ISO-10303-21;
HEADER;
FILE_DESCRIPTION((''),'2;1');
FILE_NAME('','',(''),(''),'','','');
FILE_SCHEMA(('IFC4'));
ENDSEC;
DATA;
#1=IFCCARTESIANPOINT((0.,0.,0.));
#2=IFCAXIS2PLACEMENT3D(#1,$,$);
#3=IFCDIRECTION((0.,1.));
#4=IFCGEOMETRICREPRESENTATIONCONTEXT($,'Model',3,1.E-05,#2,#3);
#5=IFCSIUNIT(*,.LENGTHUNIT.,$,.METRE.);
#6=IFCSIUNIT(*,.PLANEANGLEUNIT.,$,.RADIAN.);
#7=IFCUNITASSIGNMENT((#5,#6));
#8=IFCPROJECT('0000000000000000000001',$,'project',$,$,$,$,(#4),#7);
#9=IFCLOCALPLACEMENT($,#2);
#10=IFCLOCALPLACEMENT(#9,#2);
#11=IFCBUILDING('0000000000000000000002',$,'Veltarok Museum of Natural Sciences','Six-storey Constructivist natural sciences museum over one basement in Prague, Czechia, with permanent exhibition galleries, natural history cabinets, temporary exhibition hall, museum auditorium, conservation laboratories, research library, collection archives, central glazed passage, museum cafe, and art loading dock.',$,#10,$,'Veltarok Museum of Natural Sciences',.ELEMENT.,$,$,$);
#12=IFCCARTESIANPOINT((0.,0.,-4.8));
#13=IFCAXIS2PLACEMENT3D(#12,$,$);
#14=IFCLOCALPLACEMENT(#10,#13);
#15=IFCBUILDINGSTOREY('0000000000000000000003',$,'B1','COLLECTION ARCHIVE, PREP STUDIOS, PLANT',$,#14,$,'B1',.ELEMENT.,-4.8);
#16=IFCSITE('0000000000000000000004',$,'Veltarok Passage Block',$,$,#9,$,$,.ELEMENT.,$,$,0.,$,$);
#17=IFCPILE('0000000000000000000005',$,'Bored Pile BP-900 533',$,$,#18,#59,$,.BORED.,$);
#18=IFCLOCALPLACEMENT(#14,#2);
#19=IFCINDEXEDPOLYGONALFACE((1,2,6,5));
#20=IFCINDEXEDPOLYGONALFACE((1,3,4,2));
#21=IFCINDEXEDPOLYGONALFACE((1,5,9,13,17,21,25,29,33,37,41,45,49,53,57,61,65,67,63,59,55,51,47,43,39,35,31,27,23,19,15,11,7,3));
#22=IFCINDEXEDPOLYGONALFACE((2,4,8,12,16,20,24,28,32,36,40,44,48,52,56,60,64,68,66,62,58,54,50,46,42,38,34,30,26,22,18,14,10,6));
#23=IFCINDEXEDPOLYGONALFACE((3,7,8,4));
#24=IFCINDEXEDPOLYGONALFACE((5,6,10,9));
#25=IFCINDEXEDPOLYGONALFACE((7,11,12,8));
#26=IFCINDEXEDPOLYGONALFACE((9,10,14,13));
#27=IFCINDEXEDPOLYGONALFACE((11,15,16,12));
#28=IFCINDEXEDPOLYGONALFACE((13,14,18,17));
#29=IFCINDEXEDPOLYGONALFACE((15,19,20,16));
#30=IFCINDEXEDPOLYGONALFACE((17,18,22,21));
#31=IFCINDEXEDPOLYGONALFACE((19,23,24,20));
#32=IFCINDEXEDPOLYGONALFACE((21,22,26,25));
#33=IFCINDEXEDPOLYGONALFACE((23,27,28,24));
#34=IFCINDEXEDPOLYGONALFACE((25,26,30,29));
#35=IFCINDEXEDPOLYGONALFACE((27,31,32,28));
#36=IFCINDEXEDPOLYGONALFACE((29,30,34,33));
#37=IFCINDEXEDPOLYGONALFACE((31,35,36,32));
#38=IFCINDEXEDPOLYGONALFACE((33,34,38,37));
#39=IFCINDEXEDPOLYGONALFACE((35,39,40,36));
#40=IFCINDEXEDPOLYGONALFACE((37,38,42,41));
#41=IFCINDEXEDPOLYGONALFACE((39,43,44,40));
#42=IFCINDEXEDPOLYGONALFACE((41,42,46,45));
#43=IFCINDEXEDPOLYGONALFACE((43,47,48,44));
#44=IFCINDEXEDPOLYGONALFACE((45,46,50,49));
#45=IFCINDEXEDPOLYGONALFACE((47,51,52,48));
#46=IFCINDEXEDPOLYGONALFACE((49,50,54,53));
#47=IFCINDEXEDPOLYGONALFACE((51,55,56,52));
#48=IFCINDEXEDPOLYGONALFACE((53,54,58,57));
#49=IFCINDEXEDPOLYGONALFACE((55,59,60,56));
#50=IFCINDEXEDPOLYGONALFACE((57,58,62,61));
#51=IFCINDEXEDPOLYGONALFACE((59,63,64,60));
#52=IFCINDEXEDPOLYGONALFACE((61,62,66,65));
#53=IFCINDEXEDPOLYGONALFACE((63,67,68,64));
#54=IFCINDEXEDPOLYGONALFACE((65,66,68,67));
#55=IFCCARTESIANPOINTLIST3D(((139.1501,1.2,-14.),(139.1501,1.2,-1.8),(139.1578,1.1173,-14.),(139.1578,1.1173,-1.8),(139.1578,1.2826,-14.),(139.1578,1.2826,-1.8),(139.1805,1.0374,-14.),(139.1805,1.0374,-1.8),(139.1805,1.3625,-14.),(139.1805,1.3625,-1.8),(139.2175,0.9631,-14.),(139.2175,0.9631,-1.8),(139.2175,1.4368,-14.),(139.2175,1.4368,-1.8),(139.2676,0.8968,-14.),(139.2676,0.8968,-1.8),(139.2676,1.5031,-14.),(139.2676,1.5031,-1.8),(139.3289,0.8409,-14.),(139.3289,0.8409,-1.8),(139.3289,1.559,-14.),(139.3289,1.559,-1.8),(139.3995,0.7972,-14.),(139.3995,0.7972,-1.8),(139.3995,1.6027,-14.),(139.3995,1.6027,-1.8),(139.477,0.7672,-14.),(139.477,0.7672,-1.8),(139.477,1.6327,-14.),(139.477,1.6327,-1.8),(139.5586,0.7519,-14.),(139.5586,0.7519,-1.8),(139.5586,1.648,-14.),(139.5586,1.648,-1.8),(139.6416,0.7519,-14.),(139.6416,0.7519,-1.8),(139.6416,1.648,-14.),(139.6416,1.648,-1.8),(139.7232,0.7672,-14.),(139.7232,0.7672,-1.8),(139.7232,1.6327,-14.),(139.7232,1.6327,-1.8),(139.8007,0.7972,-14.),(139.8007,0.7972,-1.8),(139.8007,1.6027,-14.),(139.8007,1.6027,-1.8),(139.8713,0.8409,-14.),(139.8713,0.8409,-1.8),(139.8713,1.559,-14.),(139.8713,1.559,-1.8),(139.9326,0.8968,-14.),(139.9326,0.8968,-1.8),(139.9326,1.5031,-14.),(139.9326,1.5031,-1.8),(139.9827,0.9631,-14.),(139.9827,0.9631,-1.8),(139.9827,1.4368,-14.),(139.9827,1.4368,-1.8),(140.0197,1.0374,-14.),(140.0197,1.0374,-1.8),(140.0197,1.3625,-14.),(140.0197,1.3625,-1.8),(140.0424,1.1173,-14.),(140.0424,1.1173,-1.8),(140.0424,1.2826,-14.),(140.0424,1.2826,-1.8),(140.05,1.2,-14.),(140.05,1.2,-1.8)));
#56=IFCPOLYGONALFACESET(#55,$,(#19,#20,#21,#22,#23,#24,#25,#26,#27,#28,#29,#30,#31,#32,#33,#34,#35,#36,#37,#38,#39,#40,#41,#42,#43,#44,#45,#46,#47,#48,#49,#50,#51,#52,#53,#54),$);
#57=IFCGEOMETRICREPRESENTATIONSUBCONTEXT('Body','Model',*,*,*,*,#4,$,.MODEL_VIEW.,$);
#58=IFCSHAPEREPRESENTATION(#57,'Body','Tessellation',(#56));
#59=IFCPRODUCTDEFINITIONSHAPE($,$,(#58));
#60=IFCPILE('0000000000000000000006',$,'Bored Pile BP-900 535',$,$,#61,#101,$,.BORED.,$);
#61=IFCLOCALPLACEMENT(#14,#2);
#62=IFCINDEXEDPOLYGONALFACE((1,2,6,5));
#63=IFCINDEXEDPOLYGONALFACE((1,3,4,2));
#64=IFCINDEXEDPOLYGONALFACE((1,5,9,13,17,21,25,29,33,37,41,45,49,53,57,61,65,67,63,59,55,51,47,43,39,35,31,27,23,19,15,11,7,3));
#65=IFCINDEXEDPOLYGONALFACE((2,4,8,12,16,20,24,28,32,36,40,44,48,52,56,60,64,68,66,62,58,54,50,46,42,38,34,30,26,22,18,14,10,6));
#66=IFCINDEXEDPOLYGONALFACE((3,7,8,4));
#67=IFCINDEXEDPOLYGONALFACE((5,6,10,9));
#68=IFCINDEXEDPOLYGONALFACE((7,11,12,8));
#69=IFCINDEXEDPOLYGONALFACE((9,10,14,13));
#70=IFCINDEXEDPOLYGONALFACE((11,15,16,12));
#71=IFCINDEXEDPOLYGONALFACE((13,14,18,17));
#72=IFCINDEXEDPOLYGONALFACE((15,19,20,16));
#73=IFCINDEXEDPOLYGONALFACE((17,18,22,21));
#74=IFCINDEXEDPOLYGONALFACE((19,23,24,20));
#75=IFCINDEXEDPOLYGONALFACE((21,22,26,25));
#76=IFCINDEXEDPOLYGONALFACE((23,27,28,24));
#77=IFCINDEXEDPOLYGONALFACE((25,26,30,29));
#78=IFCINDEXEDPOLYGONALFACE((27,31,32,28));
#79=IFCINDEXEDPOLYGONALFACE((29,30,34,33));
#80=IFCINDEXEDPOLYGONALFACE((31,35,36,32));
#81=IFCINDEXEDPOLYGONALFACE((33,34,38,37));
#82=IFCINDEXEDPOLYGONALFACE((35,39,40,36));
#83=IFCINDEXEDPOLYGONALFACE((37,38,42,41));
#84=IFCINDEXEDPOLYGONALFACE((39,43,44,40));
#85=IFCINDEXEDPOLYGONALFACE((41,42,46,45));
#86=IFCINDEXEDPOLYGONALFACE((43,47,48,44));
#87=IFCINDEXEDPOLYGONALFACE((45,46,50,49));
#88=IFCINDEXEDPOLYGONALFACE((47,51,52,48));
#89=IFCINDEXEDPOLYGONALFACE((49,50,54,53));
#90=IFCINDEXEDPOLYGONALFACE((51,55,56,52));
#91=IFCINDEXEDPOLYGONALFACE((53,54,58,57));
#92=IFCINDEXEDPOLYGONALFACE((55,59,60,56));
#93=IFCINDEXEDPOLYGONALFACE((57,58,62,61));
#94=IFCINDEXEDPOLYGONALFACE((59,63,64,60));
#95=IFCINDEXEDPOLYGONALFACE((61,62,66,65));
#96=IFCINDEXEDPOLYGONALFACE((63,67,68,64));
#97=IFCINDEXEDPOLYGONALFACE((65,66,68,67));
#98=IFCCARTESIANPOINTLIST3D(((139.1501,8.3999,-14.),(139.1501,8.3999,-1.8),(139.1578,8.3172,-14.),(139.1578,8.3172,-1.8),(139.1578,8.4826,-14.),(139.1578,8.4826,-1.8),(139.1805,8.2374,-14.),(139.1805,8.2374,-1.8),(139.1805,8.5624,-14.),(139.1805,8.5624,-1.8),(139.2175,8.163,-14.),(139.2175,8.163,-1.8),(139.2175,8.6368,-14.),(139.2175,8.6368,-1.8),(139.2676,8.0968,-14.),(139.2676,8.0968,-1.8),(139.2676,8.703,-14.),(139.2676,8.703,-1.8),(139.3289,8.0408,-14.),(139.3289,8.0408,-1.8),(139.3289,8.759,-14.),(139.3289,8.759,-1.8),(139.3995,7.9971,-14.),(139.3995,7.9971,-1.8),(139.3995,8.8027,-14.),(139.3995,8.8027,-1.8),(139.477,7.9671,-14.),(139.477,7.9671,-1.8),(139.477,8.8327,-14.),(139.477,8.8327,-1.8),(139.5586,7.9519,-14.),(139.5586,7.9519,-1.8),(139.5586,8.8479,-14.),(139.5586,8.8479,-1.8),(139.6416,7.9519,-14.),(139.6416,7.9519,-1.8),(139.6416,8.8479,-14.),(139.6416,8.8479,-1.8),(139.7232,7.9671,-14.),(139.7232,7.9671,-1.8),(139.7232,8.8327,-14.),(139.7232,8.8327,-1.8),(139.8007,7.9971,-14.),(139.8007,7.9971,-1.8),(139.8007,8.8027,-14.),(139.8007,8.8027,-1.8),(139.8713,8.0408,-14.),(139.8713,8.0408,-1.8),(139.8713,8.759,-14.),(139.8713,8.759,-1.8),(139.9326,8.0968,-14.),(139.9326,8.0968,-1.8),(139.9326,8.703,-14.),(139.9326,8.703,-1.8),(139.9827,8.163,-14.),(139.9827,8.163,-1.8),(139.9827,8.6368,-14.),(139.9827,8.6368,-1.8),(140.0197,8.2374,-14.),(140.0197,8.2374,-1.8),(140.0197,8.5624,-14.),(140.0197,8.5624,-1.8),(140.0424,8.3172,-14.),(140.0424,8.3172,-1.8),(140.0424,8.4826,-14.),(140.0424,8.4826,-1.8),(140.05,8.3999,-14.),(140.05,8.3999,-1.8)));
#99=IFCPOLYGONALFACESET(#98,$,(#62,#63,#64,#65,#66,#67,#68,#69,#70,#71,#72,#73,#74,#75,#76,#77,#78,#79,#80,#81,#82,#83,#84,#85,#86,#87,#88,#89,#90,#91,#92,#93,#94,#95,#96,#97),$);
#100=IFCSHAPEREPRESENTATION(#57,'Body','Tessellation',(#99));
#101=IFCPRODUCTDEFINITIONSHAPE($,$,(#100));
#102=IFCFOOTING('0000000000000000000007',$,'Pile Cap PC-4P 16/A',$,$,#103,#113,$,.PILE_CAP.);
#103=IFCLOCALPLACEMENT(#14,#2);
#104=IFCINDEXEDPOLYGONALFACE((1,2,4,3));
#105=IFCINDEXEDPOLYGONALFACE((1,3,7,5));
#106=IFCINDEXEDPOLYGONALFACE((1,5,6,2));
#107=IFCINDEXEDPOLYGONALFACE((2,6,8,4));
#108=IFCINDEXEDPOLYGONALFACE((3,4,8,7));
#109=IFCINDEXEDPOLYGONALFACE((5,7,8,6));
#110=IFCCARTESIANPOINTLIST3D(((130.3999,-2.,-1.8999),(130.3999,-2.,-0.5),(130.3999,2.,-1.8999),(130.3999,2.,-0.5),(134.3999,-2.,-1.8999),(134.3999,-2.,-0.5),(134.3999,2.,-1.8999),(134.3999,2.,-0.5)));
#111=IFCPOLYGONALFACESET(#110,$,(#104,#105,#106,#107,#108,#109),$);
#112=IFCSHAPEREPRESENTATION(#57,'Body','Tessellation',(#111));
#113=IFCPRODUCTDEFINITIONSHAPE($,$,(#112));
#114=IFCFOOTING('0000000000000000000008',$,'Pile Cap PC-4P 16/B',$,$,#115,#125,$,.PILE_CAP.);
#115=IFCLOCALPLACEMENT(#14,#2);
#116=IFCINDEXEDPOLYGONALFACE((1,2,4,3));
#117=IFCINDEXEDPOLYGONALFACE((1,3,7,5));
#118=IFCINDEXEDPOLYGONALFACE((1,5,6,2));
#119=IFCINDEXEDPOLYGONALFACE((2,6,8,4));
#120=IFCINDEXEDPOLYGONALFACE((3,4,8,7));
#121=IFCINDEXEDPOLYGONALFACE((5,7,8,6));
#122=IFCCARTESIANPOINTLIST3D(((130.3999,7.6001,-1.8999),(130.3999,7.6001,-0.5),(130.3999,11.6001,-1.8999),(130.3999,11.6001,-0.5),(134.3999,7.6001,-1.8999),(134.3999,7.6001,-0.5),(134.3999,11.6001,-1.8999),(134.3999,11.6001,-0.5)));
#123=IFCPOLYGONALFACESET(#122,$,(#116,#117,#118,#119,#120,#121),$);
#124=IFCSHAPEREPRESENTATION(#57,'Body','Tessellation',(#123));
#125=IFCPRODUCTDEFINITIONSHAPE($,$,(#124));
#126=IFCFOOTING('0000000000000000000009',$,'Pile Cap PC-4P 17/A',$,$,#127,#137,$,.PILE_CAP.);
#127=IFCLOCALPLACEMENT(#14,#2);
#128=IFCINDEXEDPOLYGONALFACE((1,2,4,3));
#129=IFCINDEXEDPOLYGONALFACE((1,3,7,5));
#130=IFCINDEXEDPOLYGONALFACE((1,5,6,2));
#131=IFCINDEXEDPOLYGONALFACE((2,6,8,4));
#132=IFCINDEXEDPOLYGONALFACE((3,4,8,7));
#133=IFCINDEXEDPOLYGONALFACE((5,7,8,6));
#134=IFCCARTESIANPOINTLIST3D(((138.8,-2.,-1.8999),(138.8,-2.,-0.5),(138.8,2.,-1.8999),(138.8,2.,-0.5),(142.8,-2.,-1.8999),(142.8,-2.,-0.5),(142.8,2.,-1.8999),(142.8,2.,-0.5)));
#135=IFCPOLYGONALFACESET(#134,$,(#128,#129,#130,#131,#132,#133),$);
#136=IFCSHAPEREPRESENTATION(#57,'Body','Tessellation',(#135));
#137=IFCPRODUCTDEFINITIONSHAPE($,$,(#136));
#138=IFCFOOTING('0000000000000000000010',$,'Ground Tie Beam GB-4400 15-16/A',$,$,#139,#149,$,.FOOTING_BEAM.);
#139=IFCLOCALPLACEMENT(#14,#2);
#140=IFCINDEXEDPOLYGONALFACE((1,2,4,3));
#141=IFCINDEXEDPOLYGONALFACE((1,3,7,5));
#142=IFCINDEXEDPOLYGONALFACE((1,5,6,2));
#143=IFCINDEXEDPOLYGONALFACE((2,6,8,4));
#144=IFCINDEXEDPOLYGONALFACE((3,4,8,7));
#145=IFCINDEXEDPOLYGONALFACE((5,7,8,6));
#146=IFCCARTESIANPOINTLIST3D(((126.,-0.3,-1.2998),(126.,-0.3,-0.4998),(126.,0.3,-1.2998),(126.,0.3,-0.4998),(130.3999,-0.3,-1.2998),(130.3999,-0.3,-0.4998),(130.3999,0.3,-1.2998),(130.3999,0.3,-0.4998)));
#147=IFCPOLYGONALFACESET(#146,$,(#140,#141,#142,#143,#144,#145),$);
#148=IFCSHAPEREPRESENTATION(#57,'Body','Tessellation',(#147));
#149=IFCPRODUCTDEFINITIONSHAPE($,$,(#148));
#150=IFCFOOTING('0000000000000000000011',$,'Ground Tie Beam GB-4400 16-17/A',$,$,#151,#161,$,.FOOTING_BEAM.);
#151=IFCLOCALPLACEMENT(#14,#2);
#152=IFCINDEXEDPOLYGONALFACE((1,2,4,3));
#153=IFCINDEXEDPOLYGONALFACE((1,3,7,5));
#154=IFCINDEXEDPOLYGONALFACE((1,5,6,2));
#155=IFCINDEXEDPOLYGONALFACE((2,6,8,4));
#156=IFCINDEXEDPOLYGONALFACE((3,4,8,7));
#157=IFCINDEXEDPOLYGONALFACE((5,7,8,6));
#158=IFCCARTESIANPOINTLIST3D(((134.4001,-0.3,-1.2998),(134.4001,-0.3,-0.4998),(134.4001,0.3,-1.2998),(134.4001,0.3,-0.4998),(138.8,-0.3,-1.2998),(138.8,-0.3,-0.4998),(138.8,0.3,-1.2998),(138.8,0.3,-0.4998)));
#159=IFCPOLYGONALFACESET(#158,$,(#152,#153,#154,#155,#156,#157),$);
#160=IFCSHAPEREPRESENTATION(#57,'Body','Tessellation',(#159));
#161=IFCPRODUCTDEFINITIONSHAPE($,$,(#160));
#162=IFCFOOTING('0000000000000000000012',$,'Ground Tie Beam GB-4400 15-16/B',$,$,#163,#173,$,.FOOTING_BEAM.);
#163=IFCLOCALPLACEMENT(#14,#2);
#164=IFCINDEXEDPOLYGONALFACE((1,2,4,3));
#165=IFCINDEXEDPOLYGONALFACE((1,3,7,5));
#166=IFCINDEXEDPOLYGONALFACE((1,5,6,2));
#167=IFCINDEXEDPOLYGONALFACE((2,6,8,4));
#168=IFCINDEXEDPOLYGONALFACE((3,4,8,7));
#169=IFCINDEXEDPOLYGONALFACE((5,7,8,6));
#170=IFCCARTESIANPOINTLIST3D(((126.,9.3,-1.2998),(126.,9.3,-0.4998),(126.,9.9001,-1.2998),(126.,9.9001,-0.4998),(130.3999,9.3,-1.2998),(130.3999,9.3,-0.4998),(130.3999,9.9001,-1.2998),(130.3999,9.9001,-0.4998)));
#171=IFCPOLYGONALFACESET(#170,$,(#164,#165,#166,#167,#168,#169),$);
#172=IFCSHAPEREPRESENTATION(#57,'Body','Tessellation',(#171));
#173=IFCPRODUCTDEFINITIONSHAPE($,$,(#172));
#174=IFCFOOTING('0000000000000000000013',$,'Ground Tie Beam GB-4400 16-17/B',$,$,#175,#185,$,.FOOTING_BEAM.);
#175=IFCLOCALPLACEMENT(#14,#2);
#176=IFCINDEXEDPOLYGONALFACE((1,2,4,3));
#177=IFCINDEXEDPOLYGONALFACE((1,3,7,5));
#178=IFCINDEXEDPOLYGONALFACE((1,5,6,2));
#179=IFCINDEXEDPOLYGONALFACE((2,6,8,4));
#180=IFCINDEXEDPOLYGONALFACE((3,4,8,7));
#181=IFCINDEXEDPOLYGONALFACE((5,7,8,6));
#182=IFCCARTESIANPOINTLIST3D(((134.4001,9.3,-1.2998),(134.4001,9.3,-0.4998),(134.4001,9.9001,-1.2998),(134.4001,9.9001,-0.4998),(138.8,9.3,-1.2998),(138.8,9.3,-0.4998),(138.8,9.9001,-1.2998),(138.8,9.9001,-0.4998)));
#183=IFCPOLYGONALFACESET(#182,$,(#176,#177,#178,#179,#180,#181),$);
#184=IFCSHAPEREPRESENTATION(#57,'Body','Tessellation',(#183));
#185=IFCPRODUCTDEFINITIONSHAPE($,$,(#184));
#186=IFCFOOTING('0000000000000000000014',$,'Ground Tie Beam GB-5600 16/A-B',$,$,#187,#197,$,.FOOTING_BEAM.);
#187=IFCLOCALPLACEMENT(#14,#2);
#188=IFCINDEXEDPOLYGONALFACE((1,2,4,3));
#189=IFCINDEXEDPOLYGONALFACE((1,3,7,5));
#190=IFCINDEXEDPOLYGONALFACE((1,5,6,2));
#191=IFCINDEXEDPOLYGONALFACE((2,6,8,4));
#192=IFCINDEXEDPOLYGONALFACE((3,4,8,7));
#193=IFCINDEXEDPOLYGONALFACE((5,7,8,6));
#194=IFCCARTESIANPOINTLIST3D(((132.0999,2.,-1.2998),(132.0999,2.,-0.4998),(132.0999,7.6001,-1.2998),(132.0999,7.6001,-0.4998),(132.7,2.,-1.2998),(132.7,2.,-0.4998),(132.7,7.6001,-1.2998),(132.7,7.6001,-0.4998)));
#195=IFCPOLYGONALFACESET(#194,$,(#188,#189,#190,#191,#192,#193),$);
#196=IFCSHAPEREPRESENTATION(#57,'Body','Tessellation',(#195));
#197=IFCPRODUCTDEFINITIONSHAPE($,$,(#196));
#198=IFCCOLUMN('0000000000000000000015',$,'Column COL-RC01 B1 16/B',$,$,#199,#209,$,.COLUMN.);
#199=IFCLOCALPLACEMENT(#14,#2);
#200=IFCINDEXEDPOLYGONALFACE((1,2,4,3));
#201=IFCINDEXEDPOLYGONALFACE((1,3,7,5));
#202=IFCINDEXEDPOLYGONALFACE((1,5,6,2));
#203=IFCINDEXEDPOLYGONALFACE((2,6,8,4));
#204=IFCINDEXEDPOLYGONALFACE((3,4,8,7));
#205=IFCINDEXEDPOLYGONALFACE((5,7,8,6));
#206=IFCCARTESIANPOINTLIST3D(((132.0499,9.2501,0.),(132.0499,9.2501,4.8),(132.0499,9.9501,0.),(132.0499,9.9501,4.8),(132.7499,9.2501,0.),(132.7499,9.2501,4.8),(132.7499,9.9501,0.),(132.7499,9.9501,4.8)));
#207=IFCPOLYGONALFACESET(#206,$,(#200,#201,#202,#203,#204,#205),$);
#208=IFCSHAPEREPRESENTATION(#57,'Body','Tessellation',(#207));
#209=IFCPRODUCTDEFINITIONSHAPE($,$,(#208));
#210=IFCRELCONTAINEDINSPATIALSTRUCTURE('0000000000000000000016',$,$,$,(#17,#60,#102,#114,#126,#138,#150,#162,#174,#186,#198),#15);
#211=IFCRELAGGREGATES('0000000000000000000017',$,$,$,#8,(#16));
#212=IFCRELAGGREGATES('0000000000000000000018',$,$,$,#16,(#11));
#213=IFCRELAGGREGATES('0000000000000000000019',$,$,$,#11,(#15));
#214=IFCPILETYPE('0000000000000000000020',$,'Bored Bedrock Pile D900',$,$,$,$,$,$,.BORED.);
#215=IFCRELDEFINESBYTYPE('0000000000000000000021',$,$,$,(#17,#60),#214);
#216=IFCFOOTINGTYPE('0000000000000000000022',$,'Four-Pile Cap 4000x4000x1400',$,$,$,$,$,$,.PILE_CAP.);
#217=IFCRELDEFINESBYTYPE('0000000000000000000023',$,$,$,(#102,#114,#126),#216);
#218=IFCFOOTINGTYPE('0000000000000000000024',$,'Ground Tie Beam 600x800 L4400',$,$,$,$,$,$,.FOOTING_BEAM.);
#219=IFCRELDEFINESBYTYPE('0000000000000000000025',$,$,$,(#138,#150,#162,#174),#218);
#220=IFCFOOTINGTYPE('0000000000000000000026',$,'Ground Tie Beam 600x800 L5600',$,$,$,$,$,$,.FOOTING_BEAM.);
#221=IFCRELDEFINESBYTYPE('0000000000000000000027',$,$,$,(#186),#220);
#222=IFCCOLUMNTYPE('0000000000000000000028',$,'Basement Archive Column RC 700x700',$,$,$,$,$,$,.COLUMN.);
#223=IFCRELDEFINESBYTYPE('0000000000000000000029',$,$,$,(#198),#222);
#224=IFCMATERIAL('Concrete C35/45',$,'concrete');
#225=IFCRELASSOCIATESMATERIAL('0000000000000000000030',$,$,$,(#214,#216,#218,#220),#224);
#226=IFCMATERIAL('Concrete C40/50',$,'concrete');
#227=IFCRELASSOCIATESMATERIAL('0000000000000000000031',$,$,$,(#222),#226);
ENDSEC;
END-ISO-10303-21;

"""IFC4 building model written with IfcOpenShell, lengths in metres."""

from ifc_helpers import new_model, si_unit, direction, frame, origin, origin_2d, place, context, subcontext, project, spatial, rectangle, circle, extrude, material, material_profile, profile_set, type_object, element, save


model = new_model("IFC4")

# Units and contexts
model_context = context("Model", 3, precision=1e-05, world=origin(), true_north=direction((0.0, 1.0)))
body_context = subcontext(model_context, "Body", "Model", "MODEL_VIEW")
ifc_project = project(units=[si_unit("LENGTHUNIT", "METRE"), si_unit("PLANEANGLEUNIT", "RADIAN")], contexts=[model_context])

# Site, building, storey
site_placement = place(None, origin())
site = spatial("IfcSite", under=ifc_project, at=site_placement, Name="Veltarok Passage Block", CompositionType="ELEMENT", RefElevation=0.0)
building_placement = place(site_placement, origin())
building = spatial("IfcBuilding", under=site, at=building_placement, Name="Veltarok Museum of Natural Sciences", Description="Six-storey Constructivist natural sciences museum over one basement in Prague, Czechia, with permanent exhibition galleries, natural history cabinets, temporary exhibition hall, museum auditorium, conservation laboratories, research library, collection archives, central glazed passage, museum cafe, and art loading dock.", LongName="Veltarok Museum of Natural Sciences", CompositionType="ELEMENT")
storey_placement = place(building_placement, frame((0.0, 0.0, -4.8)))
storey = spatial("IfcBuildingStorey", under=building, at=storey_placement, Name="B1", Description="COLLECTION ARCHIVE, PREP STUDIOS, PLANT", LongName="B1", CompositionType="ELEMENT", Elevation=-4.8)

# Piles
ifc_material_1 = material(Name="Concrete C35/45", Category="concrete")
ifc_material_profile_1 = material_profile(ifc_material_1, circle(Radius=0.45, at=origin_2d()), Name="BP D900")
ifc_profile_set_1 = profile_set([ifc_material_profile_1], Name="Concrete C35/45")
pile_type = type_object("IfcPileType", Name="Bored Bedrock Pile D900", PredefinedType="BORED", material=ifc_profile_set_1)
for number, where, z_axis, x_axis, name in (
    (1, (139.6001, 1.2, -1.8), (0.0, 0.0, -1.0), (1.0, 0.0, 0.0), "Bored Pile BP-900 533"),
    (2, (139.6001, 8.3999, -1.8), (0.0, 0.0, -1.0), (1.0, 0.0, 0.0), "Bored Pile BP-900 535"),
):
    element("IfcPile", number, at=place(storey_placement, frame(where, z_axis=z_axis, x_axis=x_axis)), inside=storey, type_object=pile_type, Name=name, PredefinedType="BORED", context=body_context, shape_type="SweptSolid", body=[
        extrude(circle(Radius=0.45, at=origin_2d()), origin(), (0.0, 0.0, 1.0), 12.2),
    ])

# Footings
footing_type_1 = type_object("IfcFootingType", Name="Four-Pile Cap 4000x4000x1400", PredefinedType="PILE_CAP", material=ifc_material_1)
for number, where, z_axis, x_axis, name in (
    (3, (132.3999, 0.0, -1.8999), (0.0, 0.0, 1.0), (1.0, 0.0, 0.0), "Pile Cap PC-4P 16/A"),
    (4, (132.3999, 9.6001, -1.8999), (0.0, 0.0, 1.0), (1.0, 0.0, 0.0), "Pile Cap PC-4P 16/B"),
    (5, (140.8, 0.0, -1.8999), (0.0, 0.0, 1.0), (1.0, 0.0, 0.0), "Pile Cap PC-4P 17/A"),
):
    element("IfcFooting", number, at=place(storey_placement, frame(where, z_axis=z_axis, x_axis=x_axis)), inside=storey, type_object=footing_type_1, Name=name, PredefinedType="PILE_CAP", context=body_context, shape_type="SweptSolid", body=[
        extrude(rectangle(XDim=4.0, YDim=4.0, at=origin_2d()), origin(), (0.0, 0.0, 1.0), 1.3999),
    ])
footing_type_2 = type_object("IfcFootingType", Name="Ground Tie Beam 600x800 L4400", PredefinedType="FOOTING_BEAM", material=ifc_material_1)
for number, where, z_axis, x_axis, name in (
    (6, (128.2, 0.0, -1.2998), (0.0, 0.0, 1.0), (1.0, 0.0, 0.0), "Ground Tie Beam GB-4400 15-16/A"),
    (7, (136.6001, 0.0, -1.2998), (0.0, 0.0, 1.0), (1.0, 0.0, 0.0), "Ground Tie Beam GB-4400 16-17/A"),
    (8, (128.2, 9.6001, -1.2998), (0.0, 0.0, 1.0), (1.0, 0.0, 0.0), "Ground Tie Beam GB-4400 15-16/B"),
    (9, (136.6001, 9.6001, -1.2998), (0.0, 0.0, 1.0), (1.0, 0.0, 0.0), "Ground Tie Beam GB-4400 16-17/B"),
):
    element("IfcFooting", number, at=place(storey_placement, frame(where, z_axis=z_axis, x_axis=x_axis)), inside=storey, type_object=footing_type_2, Name=name, PredefinedType="FOOTING_BEAM", context=body_context, shape_type="SweptSolid", body=[
        extrude(rectangle(XDim=4.3999, YDim=0.6001, at=origin_2d()), origin(), (0.0, 0.0, 1.0), 0.8),
    ])
footing_type_3 = type_object("IfcFootingType", Name="Ground Tie Beam 600x800 L5600", PredefinedType="FOOTING_BEAM", material=ifc_material_1)
footing_placement = place(storey_placement, frame((132.3999, 4.8, -1.2998), z_axis=(0.0, 0.0, 1.0), x_axis=(0.0, 1.0, 0.0)))
element("IfcFooting", 10, at=footing_placement, inside=storey, type_object=footing_type_3, Name="Ground Tie Beam GB-5600 16/A-B", PredefinedType="FOOTING_BEAM", context=body_context, shape_type="SweptSolid", body=[
    extrude(rectangle(XDim=5.6001, YDim=0.6001, at=origin_2d()), origin(), (0.0, 0.0, 1.0), 0.8),
])

# Column
ifc_material_2 = material(Name="Concrete C40/50", Category="concrete")
ifc_material_profile_2 = material_profile(ifc_material_2, rectangle(XDim=0.7, YDim=0.7, at=origin_2d()), Name="RC 700x700")
ifc_profile_set_2 = profile_set([ifc_material_profile_2], Name="Concrete C40/50")
column_type_1 = type_object("IfcColumnType", Name="Basement Archive Column RC 700x700", PredefinedType="COLUMN", material=ifc_profile_set_2)
column_placement = place(storey_placement, frame((132.3999, 9.6001, 0.0), z_axis=(0.0, 0.0, 1.0), x_axis=(1.0, 0.0, 0.0)))
element("IfcColumn", 11, at=column_placement, inside=storey, type_object=column_type_1, Name="Column COL-RC01 B1 16/B", PredefinedType="COLUMN", context=body_context, shape_type="SweptSolid", body=[
    extrude(rectangle(XDim=0.7, YDim=0.7, at=origin_2d()), origin(), (0.0, 0.0, 1.0), 4.8),
])

save(model, "model.ifc")
